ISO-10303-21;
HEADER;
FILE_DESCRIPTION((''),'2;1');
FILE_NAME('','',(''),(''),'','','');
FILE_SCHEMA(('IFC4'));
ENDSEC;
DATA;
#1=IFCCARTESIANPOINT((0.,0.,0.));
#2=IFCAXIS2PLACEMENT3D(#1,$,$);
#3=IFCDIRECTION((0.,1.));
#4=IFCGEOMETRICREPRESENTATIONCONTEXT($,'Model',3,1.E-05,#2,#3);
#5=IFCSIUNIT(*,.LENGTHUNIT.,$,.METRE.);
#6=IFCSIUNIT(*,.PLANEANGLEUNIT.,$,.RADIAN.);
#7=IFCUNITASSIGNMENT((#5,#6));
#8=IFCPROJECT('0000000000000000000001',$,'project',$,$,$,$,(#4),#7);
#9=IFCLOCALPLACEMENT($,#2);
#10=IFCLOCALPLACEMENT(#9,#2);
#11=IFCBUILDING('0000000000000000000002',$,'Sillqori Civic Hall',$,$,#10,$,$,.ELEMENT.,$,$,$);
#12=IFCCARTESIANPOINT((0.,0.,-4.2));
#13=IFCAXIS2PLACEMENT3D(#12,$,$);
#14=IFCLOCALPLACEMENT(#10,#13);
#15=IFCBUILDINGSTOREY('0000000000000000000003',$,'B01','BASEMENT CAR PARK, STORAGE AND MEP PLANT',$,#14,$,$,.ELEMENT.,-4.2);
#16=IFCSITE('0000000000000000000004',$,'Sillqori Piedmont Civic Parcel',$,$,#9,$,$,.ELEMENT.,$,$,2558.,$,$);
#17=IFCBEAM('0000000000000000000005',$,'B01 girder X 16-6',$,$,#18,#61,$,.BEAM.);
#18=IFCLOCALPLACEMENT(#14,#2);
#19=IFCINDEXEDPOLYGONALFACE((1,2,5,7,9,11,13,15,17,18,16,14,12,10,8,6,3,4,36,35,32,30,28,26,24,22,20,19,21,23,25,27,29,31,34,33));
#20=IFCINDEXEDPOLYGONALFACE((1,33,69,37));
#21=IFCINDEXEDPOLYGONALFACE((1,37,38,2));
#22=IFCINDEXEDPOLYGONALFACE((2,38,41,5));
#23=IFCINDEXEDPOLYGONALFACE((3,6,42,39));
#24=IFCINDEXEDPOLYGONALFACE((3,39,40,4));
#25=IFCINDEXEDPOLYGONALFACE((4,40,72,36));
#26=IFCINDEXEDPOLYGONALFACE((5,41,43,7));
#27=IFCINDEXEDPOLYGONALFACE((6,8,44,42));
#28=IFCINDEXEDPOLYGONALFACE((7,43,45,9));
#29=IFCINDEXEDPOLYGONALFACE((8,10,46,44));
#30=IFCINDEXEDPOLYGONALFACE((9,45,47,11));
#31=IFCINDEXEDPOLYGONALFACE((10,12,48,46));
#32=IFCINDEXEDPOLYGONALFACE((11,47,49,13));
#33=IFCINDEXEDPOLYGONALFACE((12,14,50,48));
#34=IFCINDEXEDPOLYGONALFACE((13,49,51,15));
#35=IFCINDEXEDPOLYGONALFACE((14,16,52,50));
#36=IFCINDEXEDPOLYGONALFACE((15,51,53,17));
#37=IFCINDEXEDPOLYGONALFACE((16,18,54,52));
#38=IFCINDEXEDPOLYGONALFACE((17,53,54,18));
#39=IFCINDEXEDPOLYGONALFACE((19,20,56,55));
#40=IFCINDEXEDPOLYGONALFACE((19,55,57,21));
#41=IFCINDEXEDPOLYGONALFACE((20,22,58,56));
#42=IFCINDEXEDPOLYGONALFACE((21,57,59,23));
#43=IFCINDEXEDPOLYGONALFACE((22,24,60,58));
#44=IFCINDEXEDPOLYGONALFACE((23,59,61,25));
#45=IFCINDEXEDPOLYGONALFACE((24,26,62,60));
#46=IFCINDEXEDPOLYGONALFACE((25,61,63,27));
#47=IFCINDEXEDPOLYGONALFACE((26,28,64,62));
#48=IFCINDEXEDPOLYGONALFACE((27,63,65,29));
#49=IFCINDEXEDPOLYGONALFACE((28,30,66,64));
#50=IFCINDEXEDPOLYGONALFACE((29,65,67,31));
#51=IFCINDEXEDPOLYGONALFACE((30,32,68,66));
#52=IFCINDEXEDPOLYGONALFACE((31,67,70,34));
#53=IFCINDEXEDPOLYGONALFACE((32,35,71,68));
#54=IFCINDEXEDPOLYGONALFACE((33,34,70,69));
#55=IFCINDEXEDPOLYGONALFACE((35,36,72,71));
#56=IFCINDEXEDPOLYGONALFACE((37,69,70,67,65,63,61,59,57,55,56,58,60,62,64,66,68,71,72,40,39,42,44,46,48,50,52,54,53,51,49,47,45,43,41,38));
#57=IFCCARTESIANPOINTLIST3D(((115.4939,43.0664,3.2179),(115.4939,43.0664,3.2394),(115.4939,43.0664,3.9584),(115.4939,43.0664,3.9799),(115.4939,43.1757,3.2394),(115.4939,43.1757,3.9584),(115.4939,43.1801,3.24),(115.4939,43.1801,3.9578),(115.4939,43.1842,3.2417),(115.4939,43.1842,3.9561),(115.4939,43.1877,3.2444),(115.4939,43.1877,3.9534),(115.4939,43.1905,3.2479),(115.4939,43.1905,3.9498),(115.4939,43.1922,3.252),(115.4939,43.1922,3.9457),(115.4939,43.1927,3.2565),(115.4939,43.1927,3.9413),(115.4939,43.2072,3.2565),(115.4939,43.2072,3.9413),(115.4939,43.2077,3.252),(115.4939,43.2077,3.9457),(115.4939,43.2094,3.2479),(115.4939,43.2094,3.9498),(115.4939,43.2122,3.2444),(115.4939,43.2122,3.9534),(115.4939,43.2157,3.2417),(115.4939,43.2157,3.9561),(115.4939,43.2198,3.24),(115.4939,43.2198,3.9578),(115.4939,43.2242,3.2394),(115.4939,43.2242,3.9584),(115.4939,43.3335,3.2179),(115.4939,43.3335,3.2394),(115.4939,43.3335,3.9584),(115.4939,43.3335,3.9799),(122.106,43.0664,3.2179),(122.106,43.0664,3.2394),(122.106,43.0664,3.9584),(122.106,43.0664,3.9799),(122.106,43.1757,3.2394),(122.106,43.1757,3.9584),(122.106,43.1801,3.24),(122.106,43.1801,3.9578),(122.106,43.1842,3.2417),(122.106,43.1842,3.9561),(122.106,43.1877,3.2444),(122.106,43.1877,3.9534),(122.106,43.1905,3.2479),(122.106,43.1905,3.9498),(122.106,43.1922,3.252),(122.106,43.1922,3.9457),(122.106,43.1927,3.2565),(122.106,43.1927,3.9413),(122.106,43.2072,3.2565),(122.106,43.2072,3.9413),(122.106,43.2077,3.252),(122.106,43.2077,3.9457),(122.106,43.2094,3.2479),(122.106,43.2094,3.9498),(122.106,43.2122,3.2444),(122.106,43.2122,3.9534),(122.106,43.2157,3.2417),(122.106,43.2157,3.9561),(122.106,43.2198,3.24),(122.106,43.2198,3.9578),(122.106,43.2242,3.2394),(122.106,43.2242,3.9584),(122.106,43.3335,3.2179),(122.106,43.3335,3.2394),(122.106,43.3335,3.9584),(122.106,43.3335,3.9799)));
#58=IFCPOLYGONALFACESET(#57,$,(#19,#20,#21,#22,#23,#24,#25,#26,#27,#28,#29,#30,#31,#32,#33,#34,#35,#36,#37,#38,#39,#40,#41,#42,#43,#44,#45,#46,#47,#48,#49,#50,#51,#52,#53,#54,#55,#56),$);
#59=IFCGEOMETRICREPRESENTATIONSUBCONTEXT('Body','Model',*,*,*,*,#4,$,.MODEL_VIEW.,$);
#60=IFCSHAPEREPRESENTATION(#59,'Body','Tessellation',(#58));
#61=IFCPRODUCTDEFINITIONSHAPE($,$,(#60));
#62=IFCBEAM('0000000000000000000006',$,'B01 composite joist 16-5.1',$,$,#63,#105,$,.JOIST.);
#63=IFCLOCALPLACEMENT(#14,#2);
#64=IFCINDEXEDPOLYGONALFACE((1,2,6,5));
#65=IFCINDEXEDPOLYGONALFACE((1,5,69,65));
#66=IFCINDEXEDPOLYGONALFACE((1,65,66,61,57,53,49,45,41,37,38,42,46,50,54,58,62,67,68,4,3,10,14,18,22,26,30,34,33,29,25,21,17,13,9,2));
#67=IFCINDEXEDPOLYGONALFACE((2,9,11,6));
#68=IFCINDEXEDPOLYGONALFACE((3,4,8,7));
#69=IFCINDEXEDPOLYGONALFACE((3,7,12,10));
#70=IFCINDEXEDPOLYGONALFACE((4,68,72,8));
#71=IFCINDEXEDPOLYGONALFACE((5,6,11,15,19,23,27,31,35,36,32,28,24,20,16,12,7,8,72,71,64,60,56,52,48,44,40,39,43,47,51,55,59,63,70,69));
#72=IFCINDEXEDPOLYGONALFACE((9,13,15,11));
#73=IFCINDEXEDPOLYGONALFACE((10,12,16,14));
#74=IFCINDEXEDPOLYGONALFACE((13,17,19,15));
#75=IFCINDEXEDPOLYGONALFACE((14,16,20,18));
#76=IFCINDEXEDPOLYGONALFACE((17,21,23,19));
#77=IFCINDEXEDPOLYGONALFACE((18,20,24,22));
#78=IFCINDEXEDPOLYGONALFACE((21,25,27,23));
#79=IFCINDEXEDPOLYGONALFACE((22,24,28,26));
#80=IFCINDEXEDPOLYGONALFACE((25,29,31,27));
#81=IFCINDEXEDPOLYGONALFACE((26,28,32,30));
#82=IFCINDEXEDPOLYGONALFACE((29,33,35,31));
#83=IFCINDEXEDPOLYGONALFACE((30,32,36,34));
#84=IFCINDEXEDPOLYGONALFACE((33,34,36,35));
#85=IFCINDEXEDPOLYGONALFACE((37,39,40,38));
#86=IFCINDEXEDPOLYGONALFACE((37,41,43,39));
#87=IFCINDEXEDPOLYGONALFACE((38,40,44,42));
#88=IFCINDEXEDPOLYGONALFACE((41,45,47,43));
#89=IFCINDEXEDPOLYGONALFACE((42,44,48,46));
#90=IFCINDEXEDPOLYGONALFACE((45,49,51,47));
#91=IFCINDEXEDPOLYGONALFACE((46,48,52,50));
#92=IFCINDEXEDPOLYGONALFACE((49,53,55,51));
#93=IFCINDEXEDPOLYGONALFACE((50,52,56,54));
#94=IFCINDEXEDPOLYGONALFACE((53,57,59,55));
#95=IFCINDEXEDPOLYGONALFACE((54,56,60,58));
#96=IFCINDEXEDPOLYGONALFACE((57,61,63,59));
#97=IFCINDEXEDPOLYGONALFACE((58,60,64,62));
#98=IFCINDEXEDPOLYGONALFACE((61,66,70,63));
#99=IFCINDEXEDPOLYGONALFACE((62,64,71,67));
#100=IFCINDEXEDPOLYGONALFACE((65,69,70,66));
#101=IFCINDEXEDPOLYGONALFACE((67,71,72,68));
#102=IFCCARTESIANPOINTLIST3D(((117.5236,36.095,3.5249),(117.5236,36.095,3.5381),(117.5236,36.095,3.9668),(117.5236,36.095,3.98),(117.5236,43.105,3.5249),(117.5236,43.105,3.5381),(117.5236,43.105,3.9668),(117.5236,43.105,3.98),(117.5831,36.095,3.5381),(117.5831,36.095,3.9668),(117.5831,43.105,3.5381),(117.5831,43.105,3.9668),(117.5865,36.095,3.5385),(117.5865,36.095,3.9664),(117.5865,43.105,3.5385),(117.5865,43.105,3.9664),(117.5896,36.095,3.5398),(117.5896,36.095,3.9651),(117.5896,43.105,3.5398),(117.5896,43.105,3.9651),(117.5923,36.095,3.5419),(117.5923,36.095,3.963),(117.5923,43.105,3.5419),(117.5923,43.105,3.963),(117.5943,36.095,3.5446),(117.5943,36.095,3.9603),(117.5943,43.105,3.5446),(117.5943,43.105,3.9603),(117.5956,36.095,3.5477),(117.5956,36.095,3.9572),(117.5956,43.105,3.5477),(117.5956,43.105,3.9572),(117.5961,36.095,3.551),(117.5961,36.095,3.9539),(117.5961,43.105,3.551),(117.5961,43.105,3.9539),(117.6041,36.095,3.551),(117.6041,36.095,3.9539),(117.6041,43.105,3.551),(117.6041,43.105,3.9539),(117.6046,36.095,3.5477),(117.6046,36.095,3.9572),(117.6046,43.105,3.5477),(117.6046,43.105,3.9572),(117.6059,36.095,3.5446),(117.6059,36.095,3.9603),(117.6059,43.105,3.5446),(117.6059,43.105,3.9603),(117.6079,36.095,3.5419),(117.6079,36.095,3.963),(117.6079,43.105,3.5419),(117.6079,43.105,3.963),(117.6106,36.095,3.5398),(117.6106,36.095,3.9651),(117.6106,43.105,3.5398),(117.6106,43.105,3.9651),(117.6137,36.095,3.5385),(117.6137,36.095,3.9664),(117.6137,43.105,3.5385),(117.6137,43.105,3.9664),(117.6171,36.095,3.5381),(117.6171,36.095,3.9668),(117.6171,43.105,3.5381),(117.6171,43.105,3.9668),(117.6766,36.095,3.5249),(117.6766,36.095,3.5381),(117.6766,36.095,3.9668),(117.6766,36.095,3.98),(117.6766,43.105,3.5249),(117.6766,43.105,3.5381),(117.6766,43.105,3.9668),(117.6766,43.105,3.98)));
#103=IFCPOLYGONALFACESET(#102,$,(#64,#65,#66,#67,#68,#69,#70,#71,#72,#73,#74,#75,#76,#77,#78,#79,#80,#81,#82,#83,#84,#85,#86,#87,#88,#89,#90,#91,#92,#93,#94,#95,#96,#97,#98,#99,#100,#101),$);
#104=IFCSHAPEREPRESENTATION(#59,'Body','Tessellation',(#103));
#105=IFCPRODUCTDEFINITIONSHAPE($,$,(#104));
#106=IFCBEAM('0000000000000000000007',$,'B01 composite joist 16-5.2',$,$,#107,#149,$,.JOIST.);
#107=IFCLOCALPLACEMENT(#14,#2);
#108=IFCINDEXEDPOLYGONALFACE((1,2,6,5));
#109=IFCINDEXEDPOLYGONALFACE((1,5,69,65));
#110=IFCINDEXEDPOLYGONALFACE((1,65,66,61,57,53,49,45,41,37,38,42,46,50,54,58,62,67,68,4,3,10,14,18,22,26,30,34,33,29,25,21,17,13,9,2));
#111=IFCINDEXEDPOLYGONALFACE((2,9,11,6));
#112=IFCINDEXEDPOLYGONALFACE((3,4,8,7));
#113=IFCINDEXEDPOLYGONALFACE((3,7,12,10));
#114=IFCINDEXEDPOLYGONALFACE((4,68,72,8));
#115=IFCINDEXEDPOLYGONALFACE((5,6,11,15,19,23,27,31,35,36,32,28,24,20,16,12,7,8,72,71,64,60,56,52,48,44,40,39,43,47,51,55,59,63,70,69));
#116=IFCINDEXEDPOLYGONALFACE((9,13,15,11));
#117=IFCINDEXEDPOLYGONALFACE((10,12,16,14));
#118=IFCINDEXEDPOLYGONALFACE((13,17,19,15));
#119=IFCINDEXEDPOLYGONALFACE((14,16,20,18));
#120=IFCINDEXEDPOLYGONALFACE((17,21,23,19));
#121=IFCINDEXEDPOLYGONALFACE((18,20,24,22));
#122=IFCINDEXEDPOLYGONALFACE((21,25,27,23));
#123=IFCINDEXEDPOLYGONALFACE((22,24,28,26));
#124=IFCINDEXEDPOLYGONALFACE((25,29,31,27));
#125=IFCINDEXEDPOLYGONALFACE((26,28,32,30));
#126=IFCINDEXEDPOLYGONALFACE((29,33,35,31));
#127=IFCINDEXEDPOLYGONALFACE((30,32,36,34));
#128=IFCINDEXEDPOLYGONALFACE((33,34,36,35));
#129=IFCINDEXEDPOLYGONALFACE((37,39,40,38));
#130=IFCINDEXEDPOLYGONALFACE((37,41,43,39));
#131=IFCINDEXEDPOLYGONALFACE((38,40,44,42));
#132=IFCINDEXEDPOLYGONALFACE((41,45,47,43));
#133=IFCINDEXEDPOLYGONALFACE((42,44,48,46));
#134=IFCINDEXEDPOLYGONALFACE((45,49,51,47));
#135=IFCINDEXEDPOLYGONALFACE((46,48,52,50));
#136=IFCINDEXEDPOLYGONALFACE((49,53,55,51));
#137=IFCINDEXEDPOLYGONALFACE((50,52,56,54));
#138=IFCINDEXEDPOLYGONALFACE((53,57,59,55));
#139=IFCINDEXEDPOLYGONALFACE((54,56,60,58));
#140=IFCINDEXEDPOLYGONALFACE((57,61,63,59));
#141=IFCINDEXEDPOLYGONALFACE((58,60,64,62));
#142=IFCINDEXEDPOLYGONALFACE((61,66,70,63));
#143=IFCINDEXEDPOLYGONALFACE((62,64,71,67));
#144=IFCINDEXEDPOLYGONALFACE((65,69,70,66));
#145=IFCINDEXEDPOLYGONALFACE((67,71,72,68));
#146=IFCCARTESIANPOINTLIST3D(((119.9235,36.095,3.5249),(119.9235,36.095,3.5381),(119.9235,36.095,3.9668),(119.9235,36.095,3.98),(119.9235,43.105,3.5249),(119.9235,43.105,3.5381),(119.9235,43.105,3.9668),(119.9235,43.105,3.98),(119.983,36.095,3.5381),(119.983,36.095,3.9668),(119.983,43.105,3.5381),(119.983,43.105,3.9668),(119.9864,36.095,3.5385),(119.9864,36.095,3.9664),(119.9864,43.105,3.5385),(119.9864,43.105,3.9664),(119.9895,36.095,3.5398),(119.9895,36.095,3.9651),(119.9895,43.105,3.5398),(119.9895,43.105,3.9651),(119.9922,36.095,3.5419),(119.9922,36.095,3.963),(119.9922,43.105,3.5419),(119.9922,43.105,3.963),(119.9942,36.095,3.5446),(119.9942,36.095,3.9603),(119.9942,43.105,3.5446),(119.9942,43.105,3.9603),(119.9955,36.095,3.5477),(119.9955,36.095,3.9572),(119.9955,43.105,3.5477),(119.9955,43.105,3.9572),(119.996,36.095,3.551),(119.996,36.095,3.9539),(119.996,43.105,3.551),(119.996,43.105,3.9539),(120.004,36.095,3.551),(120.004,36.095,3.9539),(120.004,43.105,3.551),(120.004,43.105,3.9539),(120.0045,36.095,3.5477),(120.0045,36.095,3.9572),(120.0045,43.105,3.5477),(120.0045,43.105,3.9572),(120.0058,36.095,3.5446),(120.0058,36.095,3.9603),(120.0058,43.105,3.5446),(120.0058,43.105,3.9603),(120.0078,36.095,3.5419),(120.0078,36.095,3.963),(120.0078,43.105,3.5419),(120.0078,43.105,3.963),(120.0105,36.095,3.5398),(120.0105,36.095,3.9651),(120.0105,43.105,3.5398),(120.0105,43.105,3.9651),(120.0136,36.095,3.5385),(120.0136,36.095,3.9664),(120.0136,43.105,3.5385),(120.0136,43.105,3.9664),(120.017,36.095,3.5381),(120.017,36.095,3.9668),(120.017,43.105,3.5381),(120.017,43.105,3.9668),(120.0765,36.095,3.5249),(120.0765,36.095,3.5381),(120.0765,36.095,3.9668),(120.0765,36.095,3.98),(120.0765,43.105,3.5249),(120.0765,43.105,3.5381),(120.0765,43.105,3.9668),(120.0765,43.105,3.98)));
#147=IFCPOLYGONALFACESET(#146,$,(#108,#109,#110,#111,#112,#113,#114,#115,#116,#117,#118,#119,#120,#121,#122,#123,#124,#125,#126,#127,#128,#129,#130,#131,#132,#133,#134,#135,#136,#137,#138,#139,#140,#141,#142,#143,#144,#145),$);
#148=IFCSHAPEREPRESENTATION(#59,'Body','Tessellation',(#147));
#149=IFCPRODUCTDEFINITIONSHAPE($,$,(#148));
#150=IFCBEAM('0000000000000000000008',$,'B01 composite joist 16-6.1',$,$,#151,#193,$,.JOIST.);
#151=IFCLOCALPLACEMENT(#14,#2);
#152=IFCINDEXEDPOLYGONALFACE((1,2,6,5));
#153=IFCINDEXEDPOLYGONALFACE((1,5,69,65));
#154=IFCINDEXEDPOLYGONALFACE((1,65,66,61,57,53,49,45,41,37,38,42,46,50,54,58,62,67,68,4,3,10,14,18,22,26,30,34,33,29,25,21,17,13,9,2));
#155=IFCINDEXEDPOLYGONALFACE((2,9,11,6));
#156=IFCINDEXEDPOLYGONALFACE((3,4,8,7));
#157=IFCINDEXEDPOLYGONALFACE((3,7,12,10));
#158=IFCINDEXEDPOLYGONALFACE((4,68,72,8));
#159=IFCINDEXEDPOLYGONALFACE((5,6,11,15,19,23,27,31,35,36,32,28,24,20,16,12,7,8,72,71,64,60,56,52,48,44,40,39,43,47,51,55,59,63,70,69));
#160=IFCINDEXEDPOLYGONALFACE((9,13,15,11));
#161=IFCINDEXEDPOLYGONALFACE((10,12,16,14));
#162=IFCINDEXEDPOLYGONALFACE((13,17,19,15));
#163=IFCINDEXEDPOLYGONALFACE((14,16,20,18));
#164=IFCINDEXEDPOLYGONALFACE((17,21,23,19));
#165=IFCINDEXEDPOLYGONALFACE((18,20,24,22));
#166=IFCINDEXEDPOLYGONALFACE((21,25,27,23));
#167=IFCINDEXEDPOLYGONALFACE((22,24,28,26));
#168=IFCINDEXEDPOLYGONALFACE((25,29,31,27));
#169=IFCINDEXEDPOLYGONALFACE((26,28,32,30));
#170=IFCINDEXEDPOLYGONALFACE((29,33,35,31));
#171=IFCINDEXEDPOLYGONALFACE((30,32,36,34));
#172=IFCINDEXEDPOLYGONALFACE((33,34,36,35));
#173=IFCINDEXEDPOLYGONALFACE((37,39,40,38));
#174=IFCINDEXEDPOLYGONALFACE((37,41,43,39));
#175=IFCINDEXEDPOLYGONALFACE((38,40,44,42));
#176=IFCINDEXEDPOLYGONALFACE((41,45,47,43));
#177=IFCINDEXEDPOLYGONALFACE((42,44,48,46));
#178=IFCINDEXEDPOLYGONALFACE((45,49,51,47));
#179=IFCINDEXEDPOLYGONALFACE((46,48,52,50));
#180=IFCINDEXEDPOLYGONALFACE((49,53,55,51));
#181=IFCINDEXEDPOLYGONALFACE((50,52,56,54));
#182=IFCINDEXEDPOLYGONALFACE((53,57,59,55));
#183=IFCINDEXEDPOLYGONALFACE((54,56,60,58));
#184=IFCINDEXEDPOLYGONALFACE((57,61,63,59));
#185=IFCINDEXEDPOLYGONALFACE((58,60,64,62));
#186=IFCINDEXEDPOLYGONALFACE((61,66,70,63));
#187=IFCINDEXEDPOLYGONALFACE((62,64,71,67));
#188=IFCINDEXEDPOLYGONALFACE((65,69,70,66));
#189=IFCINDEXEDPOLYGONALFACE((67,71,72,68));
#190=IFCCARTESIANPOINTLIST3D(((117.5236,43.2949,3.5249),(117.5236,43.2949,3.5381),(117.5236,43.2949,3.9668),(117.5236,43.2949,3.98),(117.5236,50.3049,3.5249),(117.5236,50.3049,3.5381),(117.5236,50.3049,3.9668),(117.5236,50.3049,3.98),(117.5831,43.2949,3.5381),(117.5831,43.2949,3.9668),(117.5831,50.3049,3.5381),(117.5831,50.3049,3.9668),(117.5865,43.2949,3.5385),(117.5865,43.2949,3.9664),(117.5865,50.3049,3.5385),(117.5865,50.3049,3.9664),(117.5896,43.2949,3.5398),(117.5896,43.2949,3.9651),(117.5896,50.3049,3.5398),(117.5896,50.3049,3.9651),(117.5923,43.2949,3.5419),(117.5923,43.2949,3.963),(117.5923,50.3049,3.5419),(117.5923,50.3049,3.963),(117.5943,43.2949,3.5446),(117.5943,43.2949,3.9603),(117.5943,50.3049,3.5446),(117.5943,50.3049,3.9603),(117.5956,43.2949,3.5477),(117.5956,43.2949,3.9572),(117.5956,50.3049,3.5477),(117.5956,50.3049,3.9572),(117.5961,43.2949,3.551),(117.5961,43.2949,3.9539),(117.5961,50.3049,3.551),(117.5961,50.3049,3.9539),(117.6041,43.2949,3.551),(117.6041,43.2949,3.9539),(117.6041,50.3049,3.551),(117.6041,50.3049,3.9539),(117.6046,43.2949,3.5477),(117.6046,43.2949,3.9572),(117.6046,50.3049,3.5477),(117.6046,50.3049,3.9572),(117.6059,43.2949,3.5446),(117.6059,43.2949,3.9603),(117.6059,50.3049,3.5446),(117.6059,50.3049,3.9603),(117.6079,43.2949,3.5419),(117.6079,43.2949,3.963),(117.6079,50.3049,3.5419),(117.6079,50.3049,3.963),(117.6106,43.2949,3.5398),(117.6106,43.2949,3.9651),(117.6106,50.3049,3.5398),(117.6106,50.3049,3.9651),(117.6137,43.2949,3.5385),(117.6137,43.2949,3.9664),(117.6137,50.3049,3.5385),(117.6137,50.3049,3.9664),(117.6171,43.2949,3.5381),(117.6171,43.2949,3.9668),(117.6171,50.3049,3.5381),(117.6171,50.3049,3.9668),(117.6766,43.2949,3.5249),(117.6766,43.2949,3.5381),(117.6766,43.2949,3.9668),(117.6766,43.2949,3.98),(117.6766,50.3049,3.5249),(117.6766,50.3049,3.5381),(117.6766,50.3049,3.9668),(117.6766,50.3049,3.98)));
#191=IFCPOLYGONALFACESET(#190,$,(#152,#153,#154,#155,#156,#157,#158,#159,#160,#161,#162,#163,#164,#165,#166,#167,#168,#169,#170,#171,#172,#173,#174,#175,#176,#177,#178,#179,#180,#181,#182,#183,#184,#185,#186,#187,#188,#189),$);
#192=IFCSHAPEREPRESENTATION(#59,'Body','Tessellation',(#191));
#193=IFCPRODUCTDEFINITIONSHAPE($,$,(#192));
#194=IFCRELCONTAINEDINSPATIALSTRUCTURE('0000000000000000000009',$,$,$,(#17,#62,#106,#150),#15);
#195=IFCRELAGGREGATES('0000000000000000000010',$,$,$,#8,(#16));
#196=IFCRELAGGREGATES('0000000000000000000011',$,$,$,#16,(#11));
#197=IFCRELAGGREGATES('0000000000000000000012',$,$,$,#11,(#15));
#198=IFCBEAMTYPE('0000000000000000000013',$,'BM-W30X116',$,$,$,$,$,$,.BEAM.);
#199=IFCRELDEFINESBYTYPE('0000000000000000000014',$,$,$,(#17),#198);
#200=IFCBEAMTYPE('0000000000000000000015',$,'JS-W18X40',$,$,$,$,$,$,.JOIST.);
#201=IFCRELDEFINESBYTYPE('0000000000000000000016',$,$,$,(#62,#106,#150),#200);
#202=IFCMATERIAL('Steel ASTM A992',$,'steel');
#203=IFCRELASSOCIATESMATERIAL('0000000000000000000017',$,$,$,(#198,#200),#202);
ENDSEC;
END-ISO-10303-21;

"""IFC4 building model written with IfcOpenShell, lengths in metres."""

from ifc_helpers import new_model, si_unit, direction, frame, origin, origin_2d, place, context, subcontext, project, spatial, i_section, extrude, material, material_profile, profile_set, type_object, element, save


model = new_model("IFC4")

# Units and contexts
model_context = context("Model", 3, precision=1e-05, world=origin(), true_north=direction((0.0, 1.0)))
body_context = subcontext(model_context, "Body", "Model", "MODEL_VIEW")
ifc_project = project(units=[si_unit("LENGTHUNIT", "METRE"), si_unit("PLANEANGLEUNIT", "RADIAN")], contexts=[model_context])

# Site, building, storey
site_placement = place(None, origin())
site = spatial("IfcSite", under=ifc_project, at=site_placement, Name="Sillqori Piedmont Civic Parcel", CompositionType="ELEMENT", RefElevation=2558.0)
building_placement = place(site_placement, origin())
building = spatial("IfcBuilding", under=site, at=building_placement, Name="Sillqori Civic Hall", CompositionType="ELEMENT")
storey_placement = place(building_placement, frame((0.0, 0.0, -4.2)))
storey = spatial("IfcBuildingStorey", under=building, at=storey_placement, Name="B01", Description="BASEMENT CAR PARK, STORAGE AND MEP PLANT", CompositionType="ELEMENT", Elevation=-4.2)

# Beams
ifc_material_1 = material(Name="Steel ASTM A992", Category="steel")
ifc_material_profile_1 = material_profile(ifc_material_1, i_section(OverallWidth=0.2671, OverallDepth=0.762, WebThickness=0.0144, FlangeThickness=0.0215, FilletRadius=0.0171, at=origin_2d()), Name="W30X116")
ifc_profile_set_1 = profile_set([ifc_material_profile_1], Name="Steel ASTM A992")
beam_type_1 = type_object("IfcBeamType", Name="BM-W30X116", PredefinedType="BEAM", material=ifc_profile_set_1)
beam_1_placement = place(storey_placement, frame((115.4939, 43.2, 3.5989), z_axis=(1.0, 0.0, 0.0), x_axis=(0.0, 1.0, 0.0)))
element("IfcBeam", 1, at=beam_1_placement, inside=storey, type_object=beam_type_1, Name="B01 girder X 16-6", PredefinedType="BEAM", context=body_context, shape_type="SweptSolid", body=[
    extrude(i_section(OverallWidth=0.2671, OverallDepth=0.762, WebThickness=0.0144, FlangeThickness=0.0215, FilletRadius=0.0171, at=origin_2d()), origin(), (0.0, 0.0, 1.0), 6.6121),
])
ifc_material_profile_2 = material_profile(ifc_material_1, i_section(OverallWidth=0.1531, OverallDepth=0.4551, WebThickness=0.0081, FlangeThickness=0.0132, FilletRadius=0.0129, at=origin_2d()), Name="W18X40")
ifc_profile_set_2 = profile_set([ifc_material_profile_2], Name="Steel ASTM A992")
beam_type_2 = type_object("IfcBeamType", Name="JS-W18X40", PredefinedType="JOIST", material=ifc_profile_set_2)
for number, where, z_axis, x_axis, name in (
    (2, (117.6001, 36.095, 3.7524), (0.0, 1.0, 0.0), (-1.0, 0.0, 0.0), "B01 composite joist 16-5.1"),
    (3, (120.0, 36.095, 3.7524), (0.0, 1.0, 0.0), (-1.0, 0.0, 0.0), "B01 composite joist 16-5.2"),
    (4, (117.6001, 43.2949, 3.7524), (0.0, 1.0, 0.0), (-1.0, 0.0, 0.0), "B01 composite joist 16-6.1"),
):
    element("IfcBeam", number, at=place(storey_placement, frame(where, z_axis=z_axis, x_axis=x_axis)), inside=storey, type_object=beam_type_2, Name=name, PredefinedType="JOIST", context=body_context, shape_type="SweptSolid", body=[
        extrude(i_section(OverallWidth=0.1531, OverallDepth=0.4551, WebThickness=0.0081, FlangeThickness=0.0132, FilletRadius=0.0129, at=origin_2d()), origin(), (0.0, 0.0, 1.0), 7.01),
    ])

save(model, "model.ifc")
